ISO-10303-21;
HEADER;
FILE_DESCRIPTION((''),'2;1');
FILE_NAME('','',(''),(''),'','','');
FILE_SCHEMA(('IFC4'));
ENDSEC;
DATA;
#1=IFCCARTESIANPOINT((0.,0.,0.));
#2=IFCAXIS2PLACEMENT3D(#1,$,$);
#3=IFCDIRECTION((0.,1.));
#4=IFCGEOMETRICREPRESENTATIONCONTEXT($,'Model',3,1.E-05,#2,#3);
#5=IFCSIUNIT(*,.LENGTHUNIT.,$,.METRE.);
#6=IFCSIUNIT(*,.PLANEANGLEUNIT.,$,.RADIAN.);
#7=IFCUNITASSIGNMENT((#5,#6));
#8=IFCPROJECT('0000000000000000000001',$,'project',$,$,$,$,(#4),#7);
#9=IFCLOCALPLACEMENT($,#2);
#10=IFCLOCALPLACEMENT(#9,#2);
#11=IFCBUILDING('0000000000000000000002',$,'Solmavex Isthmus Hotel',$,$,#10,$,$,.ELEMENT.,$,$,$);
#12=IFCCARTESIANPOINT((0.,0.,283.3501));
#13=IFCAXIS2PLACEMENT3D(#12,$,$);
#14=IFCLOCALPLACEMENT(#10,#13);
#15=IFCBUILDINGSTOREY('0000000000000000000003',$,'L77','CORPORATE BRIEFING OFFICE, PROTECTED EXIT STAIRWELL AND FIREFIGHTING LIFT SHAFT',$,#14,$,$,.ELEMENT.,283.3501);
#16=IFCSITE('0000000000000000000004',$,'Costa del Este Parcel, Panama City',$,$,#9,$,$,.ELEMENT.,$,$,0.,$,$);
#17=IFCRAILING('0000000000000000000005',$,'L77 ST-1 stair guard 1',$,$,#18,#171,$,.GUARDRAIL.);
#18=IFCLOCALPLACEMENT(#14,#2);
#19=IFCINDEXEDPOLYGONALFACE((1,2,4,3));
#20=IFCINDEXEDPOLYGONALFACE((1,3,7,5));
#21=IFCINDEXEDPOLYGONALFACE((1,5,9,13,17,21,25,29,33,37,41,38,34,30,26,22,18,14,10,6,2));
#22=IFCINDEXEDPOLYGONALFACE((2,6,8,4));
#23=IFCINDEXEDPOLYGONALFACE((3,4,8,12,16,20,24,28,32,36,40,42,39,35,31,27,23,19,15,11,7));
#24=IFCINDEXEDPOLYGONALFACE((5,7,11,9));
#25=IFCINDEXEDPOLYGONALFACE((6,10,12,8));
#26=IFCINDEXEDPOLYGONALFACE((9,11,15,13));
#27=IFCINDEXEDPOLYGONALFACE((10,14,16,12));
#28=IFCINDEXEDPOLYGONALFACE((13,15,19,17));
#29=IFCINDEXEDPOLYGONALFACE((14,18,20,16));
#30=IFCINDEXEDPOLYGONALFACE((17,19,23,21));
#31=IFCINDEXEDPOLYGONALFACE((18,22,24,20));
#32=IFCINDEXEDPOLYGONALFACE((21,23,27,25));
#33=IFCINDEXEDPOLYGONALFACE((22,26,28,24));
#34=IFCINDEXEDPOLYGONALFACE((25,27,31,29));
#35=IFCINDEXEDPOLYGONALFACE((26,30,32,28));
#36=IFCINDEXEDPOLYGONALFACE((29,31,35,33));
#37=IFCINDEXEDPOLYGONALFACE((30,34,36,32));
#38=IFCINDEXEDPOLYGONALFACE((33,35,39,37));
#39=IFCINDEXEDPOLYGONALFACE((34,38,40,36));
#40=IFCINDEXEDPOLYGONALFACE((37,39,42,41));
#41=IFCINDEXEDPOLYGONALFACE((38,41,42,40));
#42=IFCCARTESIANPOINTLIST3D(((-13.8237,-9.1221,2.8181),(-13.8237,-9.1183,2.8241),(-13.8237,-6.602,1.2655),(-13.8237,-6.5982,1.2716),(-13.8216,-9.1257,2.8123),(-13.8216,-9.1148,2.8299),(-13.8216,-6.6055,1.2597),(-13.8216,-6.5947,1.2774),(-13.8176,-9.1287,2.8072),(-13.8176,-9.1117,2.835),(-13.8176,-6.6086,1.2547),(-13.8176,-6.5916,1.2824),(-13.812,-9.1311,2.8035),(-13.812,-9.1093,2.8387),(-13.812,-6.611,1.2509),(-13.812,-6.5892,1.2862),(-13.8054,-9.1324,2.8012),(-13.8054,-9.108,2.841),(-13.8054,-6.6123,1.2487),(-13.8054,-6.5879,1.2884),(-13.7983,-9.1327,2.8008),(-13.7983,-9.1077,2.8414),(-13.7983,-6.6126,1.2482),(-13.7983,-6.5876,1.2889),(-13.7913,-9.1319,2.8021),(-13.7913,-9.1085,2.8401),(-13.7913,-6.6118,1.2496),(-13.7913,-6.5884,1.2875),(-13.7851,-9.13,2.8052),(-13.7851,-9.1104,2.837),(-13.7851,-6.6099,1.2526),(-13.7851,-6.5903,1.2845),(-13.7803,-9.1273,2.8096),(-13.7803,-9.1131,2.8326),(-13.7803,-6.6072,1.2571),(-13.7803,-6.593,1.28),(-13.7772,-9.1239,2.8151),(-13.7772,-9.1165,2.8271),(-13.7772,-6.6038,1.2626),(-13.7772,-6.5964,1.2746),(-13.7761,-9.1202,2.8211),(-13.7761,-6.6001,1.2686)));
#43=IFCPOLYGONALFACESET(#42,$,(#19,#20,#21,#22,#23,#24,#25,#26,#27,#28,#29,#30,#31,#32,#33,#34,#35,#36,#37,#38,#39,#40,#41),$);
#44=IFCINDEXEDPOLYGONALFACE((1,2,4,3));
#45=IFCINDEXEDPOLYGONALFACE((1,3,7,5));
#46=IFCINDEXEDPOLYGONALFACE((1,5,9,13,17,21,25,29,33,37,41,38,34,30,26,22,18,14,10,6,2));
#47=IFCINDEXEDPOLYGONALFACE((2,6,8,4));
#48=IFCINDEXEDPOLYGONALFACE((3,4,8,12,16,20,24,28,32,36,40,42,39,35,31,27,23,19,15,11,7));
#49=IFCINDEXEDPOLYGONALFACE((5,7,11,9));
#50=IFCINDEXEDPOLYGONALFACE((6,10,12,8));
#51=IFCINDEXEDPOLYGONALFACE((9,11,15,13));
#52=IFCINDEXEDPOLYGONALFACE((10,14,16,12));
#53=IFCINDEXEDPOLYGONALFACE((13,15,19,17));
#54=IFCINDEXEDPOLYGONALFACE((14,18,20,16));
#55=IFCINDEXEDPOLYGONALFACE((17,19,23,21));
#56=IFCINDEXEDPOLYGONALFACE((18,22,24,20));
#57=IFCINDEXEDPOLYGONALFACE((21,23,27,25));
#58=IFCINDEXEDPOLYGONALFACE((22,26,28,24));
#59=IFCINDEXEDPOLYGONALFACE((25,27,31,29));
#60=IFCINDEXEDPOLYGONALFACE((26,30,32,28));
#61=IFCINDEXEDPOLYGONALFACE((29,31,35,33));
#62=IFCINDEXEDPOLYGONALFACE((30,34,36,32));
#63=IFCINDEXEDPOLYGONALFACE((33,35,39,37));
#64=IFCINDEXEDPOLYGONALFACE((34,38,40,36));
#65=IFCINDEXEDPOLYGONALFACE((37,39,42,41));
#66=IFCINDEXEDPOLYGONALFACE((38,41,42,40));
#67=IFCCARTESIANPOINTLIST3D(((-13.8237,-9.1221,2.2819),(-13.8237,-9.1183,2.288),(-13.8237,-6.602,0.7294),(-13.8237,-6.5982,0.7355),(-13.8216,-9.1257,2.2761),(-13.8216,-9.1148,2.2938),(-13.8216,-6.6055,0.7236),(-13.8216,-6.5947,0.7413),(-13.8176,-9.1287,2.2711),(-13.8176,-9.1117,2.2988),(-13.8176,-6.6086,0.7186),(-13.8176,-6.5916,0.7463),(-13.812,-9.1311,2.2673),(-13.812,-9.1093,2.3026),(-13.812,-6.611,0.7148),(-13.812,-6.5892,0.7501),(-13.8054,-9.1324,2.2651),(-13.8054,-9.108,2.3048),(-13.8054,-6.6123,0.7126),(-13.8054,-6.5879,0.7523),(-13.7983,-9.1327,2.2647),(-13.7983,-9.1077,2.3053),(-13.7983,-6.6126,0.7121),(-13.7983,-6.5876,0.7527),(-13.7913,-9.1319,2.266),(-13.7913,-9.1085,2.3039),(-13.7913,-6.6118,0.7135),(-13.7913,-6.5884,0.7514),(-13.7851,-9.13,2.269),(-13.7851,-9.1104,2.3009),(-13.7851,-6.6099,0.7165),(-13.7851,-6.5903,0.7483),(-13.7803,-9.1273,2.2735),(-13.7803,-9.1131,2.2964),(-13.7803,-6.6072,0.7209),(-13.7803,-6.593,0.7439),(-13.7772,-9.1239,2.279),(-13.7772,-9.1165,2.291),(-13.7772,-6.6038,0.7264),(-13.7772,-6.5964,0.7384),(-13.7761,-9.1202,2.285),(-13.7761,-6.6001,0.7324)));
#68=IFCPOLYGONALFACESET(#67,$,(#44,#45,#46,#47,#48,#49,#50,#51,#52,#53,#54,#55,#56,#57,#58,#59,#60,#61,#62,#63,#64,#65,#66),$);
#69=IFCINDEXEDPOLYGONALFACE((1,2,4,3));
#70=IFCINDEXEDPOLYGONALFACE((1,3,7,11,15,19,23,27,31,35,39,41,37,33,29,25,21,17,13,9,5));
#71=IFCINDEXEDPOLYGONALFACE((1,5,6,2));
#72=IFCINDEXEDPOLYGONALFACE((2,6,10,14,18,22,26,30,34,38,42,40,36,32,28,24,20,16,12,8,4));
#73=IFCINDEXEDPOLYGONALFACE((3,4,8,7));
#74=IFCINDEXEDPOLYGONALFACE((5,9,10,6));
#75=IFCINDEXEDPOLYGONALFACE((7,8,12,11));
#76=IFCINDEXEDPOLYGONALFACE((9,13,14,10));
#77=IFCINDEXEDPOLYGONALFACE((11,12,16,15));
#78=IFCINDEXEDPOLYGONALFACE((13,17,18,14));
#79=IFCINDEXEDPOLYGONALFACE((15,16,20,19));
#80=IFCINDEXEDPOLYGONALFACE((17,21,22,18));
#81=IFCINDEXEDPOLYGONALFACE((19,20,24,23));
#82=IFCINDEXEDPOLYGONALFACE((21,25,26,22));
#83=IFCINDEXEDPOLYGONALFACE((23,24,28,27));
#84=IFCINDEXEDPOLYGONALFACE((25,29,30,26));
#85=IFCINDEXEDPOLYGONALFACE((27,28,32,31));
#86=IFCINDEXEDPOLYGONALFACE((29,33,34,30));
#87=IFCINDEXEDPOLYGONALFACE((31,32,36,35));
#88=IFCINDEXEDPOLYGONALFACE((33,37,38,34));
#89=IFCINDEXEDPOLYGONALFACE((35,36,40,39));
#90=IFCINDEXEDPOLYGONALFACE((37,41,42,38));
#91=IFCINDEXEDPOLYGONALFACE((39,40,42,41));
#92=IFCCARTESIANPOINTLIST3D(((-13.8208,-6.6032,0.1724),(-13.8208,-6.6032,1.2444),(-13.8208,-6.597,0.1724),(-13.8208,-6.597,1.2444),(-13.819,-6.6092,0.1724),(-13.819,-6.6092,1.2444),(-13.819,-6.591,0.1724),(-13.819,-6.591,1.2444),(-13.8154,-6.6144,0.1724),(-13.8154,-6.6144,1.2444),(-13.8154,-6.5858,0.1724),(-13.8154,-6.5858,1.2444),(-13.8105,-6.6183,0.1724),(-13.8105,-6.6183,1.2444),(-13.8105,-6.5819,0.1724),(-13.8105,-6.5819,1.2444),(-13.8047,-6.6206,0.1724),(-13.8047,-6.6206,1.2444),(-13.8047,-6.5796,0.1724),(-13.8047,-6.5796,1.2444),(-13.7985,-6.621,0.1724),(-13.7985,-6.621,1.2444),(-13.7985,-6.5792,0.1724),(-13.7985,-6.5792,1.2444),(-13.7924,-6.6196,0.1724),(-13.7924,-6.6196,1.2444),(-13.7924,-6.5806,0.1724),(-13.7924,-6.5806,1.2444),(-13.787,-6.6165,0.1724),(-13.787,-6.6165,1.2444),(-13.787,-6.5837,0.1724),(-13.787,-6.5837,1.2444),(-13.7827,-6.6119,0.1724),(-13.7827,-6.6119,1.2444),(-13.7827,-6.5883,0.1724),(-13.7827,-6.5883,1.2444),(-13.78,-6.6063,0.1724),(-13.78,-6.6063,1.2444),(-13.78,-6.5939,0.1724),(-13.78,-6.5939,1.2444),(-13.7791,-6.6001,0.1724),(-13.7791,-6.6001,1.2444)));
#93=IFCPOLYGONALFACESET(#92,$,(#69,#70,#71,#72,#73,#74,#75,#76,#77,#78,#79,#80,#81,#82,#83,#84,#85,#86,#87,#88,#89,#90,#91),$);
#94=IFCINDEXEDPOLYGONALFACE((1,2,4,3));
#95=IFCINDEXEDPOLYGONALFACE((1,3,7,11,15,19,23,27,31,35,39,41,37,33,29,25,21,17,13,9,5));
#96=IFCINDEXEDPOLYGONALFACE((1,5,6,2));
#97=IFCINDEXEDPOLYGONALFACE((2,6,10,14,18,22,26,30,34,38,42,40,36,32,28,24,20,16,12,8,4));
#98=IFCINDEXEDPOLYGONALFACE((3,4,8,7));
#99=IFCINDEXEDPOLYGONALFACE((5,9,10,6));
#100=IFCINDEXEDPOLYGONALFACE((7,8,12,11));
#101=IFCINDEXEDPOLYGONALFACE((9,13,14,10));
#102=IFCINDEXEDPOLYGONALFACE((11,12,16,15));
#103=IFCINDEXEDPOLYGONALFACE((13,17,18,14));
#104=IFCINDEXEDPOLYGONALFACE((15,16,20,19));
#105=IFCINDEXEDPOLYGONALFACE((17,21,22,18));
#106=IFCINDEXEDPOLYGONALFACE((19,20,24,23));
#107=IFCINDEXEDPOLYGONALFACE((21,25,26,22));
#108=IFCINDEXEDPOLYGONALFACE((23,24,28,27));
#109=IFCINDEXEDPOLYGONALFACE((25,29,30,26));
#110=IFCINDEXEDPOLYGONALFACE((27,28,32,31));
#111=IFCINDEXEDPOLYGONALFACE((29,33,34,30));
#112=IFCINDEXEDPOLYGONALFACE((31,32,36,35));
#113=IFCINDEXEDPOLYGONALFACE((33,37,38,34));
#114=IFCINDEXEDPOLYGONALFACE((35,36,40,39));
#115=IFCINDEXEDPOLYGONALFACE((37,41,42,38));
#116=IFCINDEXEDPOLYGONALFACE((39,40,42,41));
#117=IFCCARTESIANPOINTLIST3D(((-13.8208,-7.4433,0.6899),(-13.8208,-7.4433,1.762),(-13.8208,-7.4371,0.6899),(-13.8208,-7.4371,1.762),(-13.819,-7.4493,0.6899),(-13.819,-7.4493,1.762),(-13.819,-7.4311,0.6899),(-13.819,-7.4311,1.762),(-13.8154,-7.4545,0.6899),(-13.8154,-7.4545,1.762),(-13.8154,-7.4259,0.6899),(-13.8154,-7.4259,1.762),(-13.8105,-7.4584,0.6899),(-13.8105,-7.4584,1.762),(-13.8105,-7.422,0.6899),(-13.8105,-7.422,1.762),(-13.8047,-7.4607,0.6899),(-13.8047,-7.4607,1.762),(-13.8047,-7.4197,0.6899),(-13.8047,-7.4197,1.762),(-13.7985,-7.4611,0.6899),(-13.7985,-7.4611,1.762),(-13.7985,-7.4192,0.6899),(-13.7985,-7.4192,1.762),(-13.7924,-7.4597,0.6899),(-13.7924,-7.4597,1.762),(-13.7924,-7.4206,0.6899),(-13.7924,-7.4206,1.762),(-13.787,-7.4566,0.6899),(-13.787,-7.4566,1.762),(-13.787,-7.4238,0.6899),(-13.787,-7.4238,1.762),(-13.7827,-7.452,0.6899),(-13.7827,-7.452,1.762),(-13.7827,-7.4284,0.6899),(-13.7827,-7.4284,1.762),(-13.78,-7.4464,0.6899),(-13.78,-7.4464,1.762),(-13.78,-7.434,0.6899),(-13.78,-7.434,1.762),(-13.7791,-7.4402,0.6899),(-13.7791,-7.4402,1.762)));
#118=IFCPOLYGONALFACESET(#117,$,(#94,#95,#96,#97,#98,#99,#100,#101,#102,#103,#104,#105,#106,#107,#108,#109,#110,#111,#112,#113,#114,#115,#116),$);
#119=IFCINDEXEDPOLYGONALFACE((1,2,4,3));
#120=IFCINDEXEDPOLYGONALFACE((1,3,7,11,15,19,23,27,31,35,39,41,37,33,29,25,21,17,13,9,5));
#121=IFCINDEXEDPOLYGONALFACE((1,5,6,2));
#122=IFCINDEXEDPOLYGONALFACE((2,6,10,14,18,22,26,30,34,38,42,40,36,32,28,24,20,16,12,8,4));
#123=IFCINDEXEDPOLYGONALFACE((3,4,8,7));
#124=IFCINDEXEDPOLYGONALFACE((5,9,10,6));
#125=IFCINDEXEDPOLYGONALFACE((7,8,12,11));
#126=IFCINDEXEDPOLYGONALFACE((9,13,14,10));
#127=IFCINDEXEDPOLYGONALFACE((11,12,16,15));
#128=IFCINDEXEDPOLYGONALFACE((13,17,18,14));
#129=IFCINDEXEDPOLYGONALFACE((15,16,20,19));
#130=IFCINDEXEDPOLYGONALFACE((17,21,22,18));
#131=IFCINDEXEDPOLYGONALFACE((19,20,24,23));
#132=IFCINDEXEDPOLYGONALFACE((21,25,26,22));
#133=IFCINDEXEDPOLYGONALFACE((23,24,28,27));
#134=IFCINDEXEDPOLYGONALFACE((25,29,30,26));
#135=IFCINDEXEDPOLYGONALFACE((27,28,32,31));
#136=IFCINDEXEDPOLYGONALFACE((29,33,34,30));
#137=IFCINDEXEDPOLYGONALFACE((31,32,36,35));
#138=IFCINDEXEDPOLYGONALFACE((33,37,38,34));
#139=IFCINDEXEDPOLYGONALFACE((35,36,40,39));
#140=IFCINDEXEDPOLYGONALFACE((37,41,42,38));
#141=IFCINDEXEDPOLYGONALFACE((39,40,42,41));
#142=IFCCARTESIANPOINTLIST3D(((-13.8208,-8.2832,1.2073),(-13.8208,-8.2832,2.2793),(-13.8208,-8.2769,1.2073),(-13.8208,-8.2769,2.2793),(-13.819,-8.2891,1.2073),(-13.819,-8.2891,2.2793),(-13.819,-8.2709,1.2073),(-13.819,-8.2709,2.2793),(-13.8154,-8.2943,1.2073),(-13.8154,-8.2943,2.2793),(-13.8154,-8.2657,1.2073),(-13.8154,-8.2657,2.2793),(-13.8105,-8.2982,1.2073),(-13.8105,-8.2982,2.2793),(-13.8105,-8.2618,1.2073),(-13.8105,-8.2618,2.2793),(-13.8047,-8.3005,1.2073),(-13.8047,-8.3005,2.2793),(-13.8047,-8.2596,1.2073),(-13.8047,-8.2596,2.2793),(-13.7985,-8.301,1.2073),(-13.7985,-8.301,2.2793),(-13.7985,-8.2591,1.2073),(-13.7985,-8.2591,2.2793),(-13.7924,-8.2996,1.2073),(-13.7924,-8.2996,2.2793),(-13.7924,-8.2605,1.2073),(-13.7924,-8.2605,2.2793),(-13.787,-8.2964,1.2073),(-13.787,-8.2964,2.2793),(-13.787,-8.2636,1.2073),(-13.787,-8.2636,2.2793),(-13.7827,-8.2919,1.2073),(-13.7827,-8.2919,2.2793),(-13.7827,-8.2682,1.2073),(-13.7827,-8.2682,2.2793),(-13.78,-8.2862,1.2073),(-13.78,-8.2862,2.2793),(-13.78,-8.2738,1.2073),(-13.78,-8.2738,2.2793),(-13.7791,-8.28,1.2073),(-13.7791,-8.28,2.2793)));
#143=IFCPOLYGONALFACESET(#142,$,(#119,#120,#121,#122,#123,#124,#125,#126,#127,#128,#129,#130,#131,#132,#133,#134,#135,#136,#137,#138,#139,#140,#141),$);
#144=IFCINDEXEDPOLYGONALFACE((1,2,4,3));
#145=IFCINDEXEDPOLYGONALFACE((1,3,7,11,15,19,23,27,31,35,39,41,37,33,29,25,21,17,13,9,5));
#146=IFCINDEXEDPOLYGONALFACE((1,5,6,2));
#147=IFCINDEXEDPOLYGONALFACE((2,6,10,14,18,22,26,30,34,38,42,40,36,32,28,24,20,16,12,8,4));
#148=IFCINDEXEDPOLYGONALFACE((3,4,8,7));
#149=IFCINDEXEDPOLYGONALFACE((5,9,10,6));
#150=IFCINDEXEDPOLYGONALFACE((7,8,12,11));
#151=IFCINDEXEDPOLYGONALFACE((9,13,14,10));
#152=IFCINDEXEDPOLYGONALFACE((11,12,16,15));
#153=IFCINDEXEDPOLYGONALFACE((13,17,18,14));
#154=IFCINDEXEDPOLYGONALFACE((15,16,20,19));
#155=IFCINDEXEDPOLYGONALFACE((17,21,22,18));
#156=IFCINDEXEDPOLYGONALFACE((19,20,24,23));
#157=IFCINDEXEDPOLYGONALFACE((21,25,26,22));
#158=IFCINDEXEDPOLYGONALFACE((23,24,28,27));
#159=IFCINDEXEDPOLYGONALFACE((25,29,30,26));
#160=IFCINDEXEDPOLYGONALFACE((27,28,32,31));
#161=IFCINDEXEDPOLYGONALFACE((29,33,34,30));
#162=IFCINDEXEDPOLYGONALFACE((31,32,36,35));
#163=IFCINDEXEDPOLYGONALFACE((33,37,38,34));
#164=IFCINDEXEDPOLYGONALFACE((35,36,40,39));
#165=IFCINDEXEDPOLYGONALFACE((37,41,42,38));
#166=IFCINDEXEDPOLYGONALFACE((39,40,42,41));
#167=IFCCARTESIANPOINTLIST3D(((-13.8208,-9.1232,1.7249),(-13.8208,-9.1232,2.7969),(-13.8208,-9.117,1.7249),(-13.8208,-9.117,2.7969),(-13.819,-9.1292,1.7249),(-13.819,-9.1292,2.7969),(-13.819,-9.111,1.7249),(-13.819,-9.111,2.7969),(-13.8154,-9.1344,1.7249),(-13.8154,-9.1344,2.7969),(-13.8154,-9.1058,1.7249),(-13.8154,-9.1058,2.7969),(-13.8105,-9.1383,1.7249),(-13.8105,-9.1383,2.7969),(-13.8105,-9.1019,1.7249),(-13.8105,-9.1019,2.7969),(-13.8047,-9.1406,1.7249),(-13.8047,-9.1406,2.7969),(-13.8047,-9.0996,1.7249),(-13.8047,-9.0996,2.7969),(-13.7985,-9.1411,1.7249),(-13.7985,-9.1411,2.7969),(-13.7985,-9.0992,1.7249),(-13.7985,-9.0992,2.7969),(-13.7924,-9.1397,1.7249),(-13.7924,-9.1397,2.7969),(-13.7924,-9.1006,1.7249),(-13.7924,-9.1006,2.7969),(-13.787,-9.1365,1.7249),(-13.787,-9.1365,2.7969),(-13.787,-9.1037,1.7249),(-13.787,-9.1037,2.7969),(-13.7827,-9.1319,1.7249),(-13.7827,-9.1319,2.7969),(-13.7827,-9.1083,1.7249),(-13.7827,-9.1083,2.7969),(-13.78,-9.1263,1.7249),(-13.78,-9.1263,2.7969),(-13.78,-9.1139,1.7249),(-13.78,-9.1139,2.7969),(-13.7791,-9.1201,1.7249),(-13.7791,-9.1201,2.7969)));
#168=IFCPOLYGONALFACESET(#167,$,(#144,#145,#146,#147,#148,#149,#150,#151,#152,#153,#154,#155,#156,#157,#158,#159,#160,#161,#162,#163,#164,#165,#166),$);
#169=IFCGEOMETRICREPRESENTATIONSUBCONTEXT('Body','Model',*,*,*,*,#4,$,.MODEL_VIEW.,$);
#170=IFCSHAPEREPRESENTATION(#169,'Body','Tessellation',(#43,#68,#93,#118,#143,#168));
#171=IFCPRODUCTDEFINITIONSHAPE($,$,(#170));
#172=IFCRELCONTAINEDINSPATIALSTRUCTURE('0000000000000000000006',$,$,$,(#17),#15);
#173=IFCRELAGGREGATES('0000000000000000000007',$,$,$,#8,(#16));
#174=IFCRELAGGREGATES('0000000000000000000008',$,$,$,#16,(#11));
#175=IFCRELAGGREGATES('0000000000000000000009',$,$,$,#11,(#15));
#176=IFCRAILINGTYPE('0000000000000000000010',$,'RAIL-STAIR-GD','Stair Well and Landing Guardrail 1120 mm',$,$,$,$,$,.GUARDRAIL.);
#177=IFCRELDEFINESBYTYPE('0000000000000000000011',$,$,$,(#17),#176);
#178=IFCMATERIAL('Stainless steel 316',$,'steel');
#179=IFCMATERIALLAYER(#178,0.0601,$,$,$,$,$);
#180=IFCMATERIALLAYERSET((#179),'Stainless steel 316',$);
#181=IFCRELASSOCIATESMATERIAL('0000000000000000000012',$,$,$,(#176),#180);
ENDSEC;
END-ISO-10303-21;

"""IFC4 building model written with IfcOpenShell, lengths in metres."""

from ifc_helpers import new_model, si_unit, direction, frame, origin, origin_2d, place, context, subcontext, project, spatial, circle, extrude, material, layer, layer_set, type_object, element, save


model = new_model("IFC4")

# Units and contexts
model_context = context("Model", 3, precision=1e-05, world=origin(), true_north=direction((0.0, 1.0)))
body_context = subcontext(model_context, "Body", "Model", "MODEL_VIEW")
ifc_project = project(units=[si_unit("LENGTHUNIT", "METRE"), si_unit("PLANEANGLEUNIT", "RADIAN")], contexts=[model_context])

# Site, building, storey
site_placement = place(None, origin())
site = spatial("IfcSite", under=ifc_project, at=site_placement, Name="Costa del Este Parcel, Panama City", CompositionType="ELEMENT", RefElevation=0.0)
building_placement = place(site_placement, origin())
building = spatial("IfcBuilding", under=site, at=building_placement, Name="Solmavex Isthmus Hotel", CompositionType="ELEMENT")
storey_placement = place(building_placement, frame((0.0, 0.0, 283.3501)))
storey = spatial("IfcBuildingStorey", under=building, at=storey_placement, Name="L77", Description="CORPORATE BRIEFING OFFICE, PROTECTED EXIT STAIRWELL AND FIREFIGHTING LIFT SHAFT", CompositionType="ELEMENT", Elevation=283.3501)

# Shared definitions
ifc_material_1 = material(Name="Stainless steel 316", Category="steel")

# Railing
ifc_layer_1 = layer(ifc_material_1, 0.0601)
ifc_layer_set_1 = layer_set([ifc_layer_1], Name="Stainless steel 316")
railing_type_1 = type_object("IfcRailingType", Name="RAIL-STAIR-GD", Description="Stair Well and Landing Guardrail 1120 mm", PredefinedType="GUARDRAIL", material=ifc_layer_set_1)
railing_1_placement = place(storey_placement, frame((-13.8, -6.6001, 0.1724)))
element("IfcRailing", 1, at=railing_1_placement, inside=storey, type_object=railing_type_1, Name="L77 ST-1 stair guard 1", PredefinedType="GUARDRAIL", context=body_context, shape_type="SweptSolid", body=[
    extrude(circle(Radius=0.0239, at=origin_2d()), frame((0.0, 0.0, 1.0962), z_axis=(0.0, -0.8514, 0.524516), x_axis=(1.0, 0.0, 0.0)), (0.0, 0.0, 1.0), 2.96),
    extrude(circle(Radius=0.0239, at=origin_2d()), frame((0.0, 0.0, 0.5601), z_axis=(0.0, -0.8514, 0.524516), x_axis=(1.0, 0.0, 0.0)), (0.0, 0.0, 1.0), 2.96),
    extrude(circle(Radius=0.021, at=origin_2d()), origin(), (0.0, 0.0, 1.0), 1.072),
    extrude(circle(Radius=0.021, at=origin_2d()), frame((0.0, -0.8401, 0.5176)), (0.0, 0.0, 1.0), 1.072),
    extrude(circle(Radius=0.021, at=origin_2d()), frame((0.0, -1.6799, 1.0349)), (0.0, 0.0, 1.0), 1.072),
    extrude(circle(Radius=0.021, at=origin_2d()), frame((0.0, -2.52, 1.5525)), (0.0, 0.0, 1.0), 1.072),
])

save(model, "model.ifc")
